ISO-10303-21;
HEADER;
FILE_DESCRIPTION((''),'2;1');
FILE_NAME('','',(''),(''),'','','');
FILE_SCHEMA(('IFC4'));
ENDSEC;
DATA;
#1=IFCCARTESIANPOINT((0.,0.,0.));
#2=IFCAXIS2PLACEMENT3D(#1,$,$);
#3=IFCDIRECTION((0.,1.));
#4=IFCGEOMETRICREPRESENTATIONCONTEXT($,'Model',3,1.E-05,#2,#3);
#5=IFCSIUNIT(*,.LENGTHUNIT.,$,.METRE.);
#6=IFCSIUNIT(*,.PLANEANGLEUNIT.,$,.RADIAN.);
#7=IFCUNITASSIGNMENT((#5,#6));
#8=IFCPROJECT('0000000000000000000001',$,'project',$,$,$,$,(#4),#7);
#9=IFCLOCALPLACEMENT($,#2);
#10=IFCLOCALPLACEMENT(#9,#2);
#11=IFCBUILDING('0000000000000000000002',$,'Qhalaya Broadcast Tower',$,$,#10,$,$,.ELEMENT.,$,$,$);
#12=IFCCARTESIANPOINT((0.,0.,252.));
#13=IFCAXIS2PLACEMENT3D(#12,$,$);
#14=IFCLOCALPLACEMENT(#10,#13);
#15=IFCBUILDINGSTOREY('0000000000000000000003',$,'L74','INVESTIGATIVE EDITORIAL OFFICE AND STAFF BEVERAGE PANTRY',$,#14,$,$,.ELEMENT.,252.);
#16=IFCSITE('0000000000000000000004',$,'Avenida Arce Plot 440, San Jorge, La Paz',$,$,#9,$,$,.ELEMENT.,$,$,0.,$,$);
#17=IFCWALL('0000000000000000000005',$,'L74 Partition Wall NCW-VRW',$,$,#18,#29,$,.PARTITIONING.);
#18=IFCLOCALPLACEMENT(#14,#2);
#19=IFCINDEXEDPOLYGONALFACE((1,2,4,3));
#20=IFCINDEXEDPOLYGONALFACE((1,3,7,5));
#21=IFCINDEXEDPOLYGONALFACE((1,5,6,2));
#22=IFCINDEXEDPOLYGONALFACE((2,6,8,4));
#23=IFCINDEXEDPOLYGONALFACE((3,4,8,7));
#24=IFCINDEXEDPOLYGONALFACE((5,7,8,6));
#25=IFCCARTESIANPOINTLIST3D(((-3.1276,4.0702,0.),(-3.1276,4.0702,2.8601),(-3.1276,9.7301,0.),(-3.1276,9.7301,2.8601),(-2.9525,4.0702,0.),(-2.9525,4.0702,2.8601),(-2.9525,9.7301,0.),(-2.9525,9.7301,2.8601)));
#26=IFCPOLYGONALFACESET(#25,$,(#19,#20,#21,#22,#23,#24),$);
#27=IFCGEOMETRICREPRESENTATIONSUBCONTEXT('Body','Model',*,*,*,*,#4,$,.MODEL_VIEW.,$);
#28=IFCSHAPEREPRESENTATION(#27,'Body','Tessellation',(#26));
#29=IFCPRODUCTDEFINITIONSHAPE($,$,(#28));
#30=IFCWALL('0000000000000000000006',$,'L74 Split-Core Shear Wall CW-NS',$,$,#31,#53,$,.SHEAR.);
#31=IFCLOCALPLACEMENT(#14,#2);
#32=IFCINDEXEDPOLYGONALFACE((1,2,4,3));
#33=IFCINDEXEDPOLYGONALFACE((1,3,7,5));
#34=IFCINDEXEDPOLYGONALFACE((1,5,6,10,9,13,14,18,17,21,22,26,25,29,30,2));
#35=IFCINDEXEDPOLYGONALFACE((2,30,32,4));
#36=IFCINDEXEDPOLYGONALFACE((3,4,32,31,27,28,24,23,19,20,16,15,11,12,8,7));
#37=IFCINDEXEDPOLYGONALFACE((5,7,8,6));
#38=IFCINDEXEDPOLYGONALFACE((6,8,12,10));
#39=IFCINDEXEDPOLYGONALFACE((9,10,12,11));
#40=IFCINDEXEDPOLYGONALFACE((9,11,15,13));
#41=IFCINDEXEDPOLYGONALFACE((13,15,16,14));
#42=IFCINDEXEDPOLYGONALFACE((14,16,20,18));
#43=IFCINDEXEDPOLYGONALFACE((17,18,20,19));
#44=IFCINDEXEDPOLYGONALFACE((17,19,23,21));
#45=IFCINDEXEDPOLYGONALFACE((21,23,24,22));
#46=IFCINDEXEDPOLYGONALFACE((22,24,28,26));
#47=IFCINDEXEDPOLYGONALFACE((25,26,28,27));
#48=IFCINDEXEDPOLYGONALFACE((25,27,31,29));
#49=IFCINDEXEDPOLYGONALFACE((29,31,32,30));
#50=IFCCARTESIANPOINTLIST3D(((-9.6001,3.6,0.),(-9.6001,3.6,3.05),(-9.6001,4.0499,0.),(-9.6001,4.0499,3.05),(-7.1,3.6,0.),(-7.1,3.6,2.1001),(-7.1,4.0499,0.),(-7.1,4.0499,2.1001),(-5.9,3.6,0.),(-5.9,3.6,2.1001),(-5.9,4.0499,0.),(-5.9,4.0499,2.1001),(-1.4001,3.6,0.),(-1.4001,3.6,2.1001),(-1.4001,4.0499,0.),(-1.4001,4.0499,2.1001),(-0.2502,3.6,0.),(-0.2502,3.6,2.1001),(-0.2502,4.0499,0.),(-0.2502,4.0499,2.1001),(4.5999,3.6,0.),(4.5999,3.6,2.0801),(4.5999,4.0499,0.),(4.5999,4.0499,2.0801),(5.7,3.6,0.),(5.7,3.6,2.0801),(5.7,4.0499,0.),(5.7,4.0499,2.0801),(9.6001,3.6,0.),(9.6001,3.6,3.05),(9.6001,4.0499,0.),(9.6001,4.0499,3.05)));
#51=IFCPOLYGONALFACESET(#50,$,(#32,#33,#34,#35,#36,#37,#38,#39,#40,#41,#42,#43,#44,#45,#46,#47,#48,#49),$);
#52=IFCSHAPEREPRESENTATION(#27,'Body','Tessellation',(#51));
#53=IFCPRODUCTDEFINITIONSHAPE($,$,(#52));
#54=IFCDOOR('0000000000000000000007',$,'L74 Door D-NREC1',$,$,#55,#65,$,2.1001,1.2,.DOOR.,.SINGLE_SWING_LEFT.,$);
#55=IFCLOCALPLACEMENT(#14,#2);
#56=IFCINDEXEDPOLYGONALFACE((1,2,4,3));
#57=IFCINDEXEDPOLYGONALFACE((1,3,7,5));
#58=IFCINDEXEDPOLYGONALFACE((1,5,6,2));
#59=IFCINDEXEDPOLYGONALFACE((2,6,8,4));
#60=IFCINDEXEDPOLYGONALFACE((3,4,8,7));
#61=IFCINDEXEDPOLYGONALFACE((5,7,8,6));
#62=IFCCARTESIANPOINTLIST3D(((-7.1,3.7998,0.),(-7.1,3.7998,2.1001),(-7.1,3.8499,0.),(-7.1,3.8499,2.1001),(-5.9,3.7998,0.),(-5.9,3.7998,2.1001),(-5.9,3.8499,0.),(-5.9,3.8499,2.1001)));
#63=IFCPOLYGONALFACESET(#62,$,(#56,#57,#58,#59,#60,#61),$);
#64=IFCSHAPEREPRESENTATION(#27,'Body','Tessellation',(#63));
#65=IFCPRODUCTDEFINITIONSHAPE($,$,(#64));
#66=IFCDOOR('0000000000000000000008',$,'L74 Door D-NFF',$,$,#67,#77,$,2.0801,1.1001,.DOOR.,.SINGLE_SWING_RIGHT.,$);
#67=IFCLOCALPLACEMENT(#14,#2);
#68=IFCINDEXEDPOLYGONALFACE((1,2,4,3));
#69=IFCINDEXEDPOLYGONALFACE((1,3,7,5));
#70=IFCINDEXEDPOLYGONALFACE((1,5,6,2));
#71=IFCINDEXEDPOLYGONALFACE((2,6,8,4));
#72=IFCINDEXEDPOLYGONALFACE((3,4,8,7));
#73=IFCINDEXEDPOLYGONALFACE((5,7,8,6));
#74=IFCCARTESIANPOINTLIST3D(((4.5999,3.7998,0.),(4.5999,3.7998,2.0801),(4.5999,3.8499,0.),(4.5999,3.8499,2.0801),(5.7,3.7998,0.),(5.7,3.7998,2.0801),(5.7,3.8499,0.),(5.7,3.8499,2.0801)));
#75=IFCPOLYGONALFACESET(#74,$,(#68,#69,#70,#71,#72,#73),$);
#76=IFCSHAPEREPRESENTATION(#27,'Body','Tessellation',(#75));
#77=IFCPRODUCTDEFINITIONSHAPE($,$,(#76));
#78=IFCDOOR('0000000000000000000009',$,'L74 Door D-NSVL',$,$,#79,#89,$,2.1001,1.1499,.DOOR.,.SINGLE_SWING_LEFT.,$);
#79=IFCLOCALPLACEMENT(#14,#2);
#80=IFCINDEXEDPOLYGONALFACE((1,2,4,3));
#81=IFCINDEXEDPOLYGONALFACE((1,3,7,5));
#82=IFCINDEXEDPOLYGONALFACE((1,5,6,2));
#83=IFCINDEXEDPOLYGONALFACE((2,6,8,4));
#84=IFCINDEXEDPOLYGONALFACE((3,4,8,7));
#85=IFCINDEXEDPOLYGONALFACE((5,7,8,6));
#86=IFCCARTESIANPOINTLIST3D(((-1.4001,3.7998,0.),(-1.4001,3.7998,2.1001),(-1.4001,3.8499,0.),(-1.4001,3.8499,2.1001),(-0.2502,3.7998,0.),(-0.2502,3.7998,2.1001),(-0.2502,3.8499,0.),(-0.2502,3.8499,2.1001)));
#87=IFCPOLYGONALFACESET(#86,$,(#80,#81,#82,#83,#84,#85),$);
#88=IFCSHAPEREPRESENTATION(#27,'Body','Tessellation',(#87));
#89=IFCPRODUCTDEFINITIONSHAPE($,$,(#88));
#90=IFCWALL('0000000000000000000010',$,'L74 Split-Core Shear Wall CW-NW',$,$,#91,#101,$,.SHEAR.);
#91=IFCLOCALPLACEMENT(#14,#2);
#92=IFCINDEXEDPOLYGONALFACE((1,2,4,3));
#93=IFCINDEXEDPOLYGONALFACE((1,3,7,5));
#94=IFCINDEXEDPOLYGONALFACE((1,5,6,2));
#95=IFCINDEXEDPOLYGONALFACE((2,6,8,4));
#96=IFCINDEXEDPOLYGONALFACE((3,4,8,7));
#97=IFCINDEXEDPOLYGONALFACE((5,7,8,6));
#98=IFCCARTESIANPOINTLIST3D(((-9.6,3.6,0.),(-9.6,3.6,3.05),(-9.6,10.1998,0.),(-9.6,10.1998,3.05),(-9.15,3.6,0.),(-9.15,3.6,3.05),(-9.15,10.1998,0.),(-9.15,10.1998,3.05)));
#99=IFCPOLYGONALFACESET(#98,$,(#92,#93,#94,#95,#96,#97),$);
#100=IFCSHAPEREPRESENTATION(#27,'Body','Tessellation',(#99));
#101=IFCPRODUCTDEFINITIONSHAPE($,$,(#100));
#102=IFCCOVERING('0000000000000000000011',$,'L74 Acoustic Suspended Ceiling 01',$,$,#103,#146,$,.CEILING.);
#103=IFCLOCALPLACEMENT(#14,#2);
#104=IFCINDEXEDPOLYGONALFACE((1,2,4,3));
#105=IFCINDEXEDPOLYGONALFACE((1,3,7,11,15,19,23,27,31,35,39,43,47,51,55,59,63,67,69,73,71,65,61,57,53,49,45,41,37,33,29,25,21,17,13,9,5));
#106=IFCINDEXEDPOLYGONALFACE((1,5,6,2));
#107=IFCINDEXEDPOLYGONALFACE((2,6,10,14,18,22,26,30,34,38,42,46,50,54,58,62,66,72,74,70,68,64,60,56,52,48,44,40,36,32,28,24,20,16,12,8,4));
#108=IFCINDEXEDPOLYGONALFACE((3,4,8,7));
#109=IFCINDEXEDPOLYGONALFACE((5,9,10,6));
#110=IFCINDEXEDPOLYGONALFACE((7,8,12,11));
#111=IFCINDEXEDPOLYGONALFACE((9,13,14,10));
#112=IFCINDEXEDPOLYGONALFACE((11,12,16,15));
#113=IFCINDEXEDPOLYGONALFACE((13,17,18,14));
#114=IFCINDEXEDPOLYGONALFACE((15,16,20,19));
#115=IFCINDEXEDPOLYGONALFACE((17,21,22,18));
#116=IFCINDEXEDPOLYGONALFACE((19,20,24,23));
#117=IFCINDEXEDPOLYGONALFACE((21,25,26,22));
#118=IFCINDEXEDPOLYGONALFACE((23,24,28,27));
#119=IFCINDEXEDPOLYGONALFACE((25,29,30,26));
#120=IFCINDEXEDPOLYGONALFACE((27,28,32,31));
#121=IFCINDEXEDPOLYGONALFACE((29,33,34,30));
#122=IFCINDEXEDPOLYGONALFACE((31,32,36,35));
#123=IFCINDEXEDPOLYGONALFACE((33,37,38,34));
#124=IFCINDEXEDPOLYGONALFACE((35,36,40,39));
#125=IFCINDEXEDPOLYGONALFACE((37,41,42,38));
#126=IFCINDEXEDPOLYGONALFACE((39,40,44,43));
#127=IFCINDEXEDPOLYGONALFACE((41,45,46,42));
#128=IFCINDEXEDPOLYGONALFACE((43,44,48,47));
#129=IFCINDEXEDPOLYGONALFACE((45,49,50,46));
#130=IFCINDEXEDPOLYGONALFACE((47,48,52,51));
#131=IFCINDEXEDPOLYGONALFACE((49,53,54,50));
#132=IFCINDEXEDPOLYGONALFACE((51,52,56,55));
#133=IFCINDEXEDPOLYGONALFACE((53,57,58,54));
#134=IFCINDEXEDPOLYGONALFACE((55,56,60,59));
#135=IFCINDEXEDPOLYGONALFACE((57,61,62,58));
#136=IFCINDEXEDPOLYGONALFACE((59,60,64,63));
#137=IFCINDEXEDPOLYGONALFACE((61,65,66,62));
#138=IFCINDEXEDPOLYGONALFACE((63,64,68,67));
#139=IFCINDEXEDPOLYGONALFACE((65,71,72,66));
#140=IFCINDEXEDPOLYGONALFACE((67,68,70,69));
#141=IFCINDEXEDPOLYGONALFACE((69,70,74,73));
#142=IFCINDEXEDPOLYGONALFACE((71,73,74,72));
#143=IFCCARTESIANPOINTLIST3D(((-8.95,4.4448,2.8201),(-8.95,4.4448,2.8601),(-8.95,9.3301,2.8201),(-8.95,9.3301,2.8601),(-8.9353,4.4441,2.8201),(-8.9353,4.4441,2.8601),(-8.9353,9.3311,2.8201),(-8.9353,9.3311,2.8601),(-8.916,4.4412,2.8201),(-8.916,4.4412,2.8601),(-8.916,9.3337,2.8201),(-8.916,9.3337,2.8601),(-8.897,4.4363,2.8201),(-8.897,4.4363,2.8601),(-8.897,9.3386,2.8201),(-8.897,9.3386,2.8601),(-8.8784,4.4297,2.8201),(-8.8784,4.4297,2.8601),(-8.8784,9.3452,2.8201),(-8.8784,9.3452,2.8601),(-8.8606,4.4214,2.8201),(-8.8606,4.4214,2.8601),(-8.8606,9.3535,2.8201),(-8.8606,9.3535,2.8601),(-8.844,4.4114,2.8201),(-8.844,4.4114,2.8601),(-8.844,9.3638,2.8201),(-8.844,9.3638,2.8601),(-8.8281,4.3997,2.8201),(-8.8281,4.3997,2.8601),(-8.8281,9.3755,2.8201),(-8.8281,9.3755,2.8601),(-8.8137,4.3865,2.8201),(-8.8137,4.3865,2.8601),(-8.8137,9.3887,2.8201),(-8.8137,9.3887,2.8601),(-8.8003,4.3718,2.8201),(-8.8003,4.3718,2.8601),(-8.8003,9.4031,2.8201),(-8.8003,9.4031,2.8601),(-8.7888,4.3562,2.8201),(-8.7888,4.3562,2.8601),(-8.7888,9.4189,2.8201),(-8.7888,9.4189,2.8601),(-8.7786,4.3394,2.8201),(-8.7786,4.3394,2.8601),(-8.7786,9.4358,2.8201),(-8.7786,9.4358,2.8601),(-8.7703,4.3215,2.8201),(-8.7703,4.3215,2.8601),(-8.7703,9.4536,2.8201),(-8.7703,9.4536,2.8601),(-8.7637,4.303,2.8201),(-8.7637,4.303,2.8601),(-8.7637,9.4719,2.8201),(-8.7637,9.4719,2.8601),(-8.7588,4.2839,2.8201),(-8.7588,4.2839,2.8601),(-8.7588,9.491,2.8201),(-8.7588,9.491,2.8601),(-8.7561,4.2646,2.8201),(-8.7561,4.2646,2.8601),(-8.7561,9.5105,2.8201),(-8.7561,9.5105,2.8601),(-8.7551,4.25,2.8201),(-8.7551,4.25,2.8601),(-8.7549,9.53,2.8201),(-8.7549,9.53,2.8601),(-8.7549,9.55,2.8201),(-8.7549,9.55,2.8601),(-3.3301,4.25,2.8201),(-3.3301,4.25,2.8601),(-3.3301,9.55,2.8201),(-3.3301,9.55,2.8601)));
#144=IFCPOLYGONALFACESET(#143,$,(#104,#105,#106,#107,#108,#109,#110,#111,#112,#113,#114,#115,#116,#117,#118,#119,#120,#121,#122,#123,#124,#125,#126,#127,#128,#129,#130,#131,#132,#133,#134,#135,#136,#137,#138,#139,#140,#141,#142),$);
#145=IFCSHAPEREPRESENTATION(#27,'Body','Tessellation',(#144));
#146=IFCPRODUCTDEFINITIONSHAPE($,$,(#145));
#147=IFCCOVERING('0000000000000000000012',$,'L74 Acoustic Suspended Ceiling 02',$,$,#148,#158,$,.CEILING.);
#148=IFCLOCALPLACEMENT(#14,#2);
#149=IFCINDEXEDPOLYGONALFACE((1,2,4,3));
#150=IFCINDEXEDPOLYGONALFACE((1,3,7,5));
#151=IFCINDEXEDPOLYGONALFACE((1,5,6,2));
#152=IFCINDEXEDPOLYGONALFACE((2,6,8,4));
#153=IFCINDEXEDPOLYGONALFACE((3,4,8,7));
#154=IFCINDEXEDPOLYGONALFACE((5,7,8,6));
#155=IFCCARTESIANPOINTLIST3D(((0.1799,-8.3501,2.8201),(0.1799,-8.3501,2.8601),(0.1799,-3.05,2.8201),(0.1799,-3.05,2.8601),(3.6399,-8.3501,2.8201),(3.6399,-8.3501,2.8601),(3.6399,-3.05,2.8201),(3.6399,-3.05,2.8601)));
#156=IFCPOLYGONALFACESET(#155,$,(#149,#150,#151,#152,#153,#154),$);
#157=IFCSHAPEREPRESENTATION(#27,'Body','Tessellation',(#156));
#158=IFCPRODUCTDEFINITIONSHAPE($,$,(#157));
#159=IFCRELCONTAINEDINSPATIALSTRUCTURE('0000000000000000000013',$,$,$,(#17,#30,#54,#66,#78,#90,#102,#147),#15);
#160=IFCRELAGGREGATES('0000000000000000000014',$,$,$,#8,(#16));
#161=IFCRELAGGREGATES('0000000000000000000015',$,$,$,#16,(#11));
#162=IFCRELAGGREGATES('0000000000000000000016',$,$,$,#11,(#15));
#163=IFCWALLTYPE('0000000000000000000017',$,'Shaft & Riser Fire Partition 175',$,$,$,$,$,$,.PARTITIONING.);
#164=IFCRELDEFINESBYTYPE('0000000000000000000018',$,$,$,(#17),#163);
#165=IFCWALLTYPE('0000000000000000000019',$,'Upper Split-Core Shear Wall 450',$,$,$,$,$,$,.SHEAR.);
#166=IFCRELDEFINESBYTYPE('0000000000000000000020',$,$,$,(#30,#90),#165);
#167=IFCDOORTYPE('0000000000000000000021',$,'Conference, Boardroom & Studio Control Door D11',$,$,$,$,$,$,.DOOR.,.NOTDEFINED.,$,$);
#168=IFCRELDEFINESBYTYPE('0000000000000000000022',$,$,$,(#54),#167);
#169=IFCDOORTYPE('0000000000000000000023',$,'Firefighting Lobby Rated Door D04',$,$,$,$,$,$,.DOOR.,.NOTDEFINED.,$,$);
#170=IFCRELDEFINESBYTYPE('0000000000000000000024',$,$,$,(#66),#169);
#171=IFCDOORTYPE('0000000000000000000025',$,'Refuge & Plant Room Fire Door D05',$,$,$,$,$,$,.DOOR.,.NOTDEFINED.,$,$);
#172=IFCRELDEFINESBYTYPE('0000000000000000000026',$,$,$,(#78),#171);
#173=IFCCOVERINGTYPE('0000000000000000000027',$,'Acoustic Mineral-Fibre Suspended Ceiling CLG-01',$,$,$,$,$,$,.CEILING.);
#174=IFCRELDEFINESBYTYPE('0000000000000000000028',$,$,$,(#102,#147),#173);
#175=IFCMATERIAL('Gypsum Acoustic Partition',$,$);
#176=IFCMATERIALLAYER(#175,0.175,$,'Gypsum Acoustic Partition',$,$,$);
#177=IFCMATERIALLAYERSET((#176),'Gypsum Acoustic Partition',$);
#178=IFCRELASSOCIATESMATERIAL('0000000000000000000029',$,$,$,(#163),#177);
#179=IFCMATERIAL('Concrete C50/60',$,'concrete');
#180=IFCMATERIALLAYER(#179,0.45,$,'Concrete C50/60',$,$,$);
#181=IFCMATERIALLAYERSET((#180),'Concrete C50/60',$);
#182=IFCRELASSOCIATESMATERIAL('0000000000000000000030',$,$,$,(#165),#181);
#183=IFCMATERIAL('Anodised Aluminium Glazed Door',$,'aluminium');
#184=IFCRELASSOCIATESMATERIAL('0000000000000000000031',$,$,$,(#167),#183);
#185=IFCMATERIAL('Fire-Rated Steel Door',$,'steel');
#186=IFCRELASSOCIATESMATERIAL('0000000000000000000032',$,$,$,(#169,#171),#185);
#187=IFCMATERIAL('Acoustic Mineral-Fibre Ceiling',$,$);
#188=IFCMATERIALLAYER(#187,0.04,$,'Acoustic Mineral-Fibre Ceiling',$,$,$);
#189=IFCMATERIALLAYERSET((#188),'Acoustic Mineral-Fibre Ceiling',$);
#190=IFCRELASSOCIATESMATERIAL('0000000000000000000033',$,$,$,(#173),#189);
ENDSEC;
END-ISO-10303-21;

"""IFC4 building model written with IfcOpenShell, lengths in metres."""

from ifc_helpers import new_model, si_unit, direction, frame, frame_2d, origin, place, context, subcontext, project, spatial, polyline, rectangle, outline, extrude, material, layer, layer_set, type_object, element, fill, save


model = new_model("IFC4")

# Units and contexts
model_context = context("Model", 3, precision=1e-05, world=origin(), true_north=direction((0.0, 1.0)))
body_context = subcontext(model_context, "Body", "Model", "MODEL_VIEW")
ifc_project = project(units=[si_unit("LENGTHUNIT", "METRE"), si_unit("PLANEANGLEUNIT", "RADIAN")], contexts=[model_context])

# Site, building, storey
site_placement = place(None, origin())
site = spatial("IfcSite", under=ifc_project, at=site_placement, Name="Avenida Arce Plot 440, San Jorge, La Paz", CompositionType="ELEMENT", RefElevation=0.0)
building_placement = place(site_placement, origin())
building = spatial("IfcBuilding", under=site, at=building_placement, Name="Qhalaya Broadcast Tower", CompositionType="ELEMENT")
storey_placement = place(building_placement, frame((0.0, 0.0, 252.0)))
storey = spatial("IfcBuildingStorey", under=building, at=storey_placement, Name="L74", Description="INVESTIGATIVE EDITORIAL OFFICE AND STAFF BEVERAGE PANTRY", CompositionType="ELEMENT", Elevation=252.0)

# Shared definitions
ifc_material_1 = material(Name="Concrete C50/60", Category="concrete")

# Shared definitions
ifc_material_2 = material(Name="Gypsum Acoustic Partition")
ifc_material_3 = material(Name="Fire-Rated Steel Door", Category="steel")

# Shared definitions
ifc_layer_1 = layer(ifc_material_2, 0.175, Name="Gypsum Acoustic Partition")
ifc_layer_set_1 = layer_set([ifc_layer_1], Name="Gypsum Acoustic Partition")
wall_type_1 = type_object("IfcWallType", Name="Shaft & Riser Fire Partition 175", PredefinedType="PARTITIONING", material=ifc_layer_set_1)

# Wall
wall_1_placement = place(storey_placement, frame((-3.04, 4.0701, 0.0), z_axis=(0.0, 0.0, 1.0), x_axis=(0.0, 1.0, 0.0)))
element("IfcWall", 1, at=wall_1_placement, inside=storey, type_object=wall_type_1, Name="L74 Partition Wall NCW-VRW", PredefinedType="PARTITIONING", context=body_context, shape_type="SweptSolid", body=[
    extrude(rectangle(XDim=5.6599, YDim=0.175, at=frame_2d((2.8301, 0.0))), origin(), (0.0, 0.0, 1.0), 2.8601),
])

# Wall, openings, doors
ifc_layer_2 = layer(ifc_material_1, 0.45, Name="Concrete C50/60")
ifc_layer_set_2 = layer_set([ifc_layer_2], Name="Concrete C50/60")
wall_type_2 = type_object("IfcWallType", Name="Upper Split-Core Shear Wall 450", PredefinedType="SHEAR", material=ifc_layer_set_2)
wall_2_placement = place(storey_placement, frame((-9.6001, 3.825, 0.0), z_axis=(0.0, 0.0, 1.0), x_axis=(1.0, 0.0, 0.0)))
wall_2 = element("IfcWall", 2, at=wall_2_placement, inside=storey, type_object=wall_type_2, Name="L74 Split-Core Shear Wall CW-NS", PredefinedType="SHEAR", context=body_context, shape_type="SweptSolid", body=[
    extrude(rectangle(XDim=19.2002, YDim=0.45, at=frame_2d((9.6001, 0.0))), origin(), (0.0, 0.0, 1.0), 3.05),
])
opening_1_placement = place(wall_2_placement, frame((14.2, 0.0, 0.0)))
opening_1 = element("IfcOpeningElement", 3, at=opening_1_placement, cuts=wall_2, PredefinedType="OPENING", context=body_context, shape_type="SweptSolid", body=[
    extrude(rectangle(XDim=1.1001, YDim=2.0801, at=frame_2d((0.55, 1.04))), frame((0.0, 0.2371, 0.0), z_axis=(0.0, -1.0, 0.0), x_axis=(1.0, 0.0, 0.0)), (0.0, 0.0, 1.0), 0.4739),
])
opening_2_placement = place(wall_2_placement, frame((8.2, 0.0, 0.0)))
opening_2 = element("IfcOpeningElement", 4, at=opening_2_placement, cuts=wall_2, PredefinedType="OPENING", context=body_context, shape_type="SweptSolid", body=[
    extrude(rectangle(XDim=1.1499, YDim=2.1001, at=frame_2d((0.575, 1.05))), frame((0.0, 0.2371, 0.0), z_axis=(0.0, -1.0, 0.0), x_axis=(1.0, 0.0, 0.0)), (0.0, 0.0, 1.0), 0.4739),
])
opening_3_placement = place(wall_2_placement, frame((2.5, 0.0, 0.0)))
opening_3 = element("IfcOpeningElement", 5, at=opening_3_placement, cuts=wall_2, PredefinedType="OPENING", context=body_context, shape_type="SweptSolid", body=[
    extrude(rectangle(XDim=1.2, YDim=2.1001, at=frame_2d((0.6001, 1.05))), frame((0.0, 0.2371, 0.0), z_axis=(0.0, -1.0, 0.0), x_axis=(1.0, 0.0, 0.0)), (0.0, 0.0, 1.0), 0.4739),
])
ifc_material_4 = material(Name="Anodised Aluminium Glazed Door", Category="aluminium")
door_type_1 = type_object("IfcDoorType", Name="Conference, Boardroom & Studio Control Door D11", OperationType="NOTDEFINED", PredefinedType="DOOR", material=ifc_material_4)
door_1_placement = place(opening_3_placement, origin())
door_1 = element("IfcDoor", 6, at=door_1_placement, inside=storey, type_object=door_type_1, Name="L74 Door D-NREC1", OperationType="SINGLE_SWING_LEFT", OverallHeight=2.1001, OverallWidth=1.2, PredefinedType="DOOR", context=body_context, shape_type="SweptSolid", body=[
    extrude(rectangle(XDim=1.2, YDim=2.1001, at=frame_2d((0.6001, 1.05))), frame((0.0, 0.0249, 0.0), z_axis=(0.0, -1.0, 0.0), x_axis=(1.0, 0.0, 0.0)), (0.0, 0.0, 1.0), 0.05),
])
fill(opening_3, door_1)
door_type_2 = type_object("IfcDoorType", Name="Firefighting Lobby Rated Door D04", OperationType="NOTDEFINED", PredefinedType="DOOR", material=ifc_material_3)
door_2_placement = place(opening_1_placement, origin())
door_2 = element("IfcDoor", 7, at=door_2_placement, inside=storey, type_object=door_type_2, Name="L74 Door D-NFF", OperationType="SINGLE_SWING_RIGHT", OverallHeight=2.0801, OverallWidth=1.1001, PredefinedType="DOOR", context=body_context, shape_type="SweptSolid", body=[
    extrude(rectangle(XDim=1.1001, YDim=2.0801, at=frame_2d((0.55, 1.04))), frame((0.0, 0.0249, 0.0), z_axis=(0.0, -1.0, 0.0), x_axis=(1.0, 0.0, 0.0)), (0.0, 0.0, 1.0), 0.05),
])
fill(opening_1, door_2)
door_type_3 = type_object("IfcDoorType", Name="Refuge & Plant Room Fire Door D05", OperationType="NOTDEFINED", PredefinedType="DOOR", material=ifc_material_3)
door_3_placement = place(opening_2_placement, origin())
door_3 = element("IfcDoor", 8, at=door_3_placement, inside=storey, type_object=door_type_3, Name="L74 Door D-NSVL", OperationType="SINGLE_SWING_LEFT", OverallHeight=2.1001, OverallWidth=1.1499, PredefinedType="DOOR", context=body_context, shape_type="SweptSolid", body=[
    extrude(rectangle(XDim=1.1499, YDim=2.1001, at=frame_2d((0.575, 1.05))), frame((0.0, 0.0249, 0.0), z_axis=(0.0, -1.0, 0.0), x_axis=(1.0, 0.0, 0.0)), (0.0, 0.0, 1.0), 0.05),
])
fill(opening_2, door_3)

# Wall
wall_3_placement = place(storey_placement, frame((-9.375, 3.6001, 0.0), z_axis=(0.0, 0.0, 1.0), x_axis=(0.0, 1.0, 0.0)))
element("IfcWall", 9, at=wall_3_placement, inside=storey, type_object=wall_type_2, Name="L74 Split-Core Shear Wall CW-NW", PredefinedType="SHEAR", context=body_context, shape_type="SweptSolid", body=[
    extrude(rectangle(XDim=6.5999, YDim=0.45, at=frame_2d((3.2998, 0.0))), origin(), (0.0, 0.0, 1.0), 3.05),
])

# Coverings
ifc_material_5 = material(Name="Acoustic Mineral-Fibre Ceiling")
ifc_layer_3 = layer(ifc_material_5, 0.04, Name="Acoustic Mineral-Fibre Ceiling")
ifc_layer_set_3 = layer_set([ifc_layer_3], Name="Acoustic Mineral-Fibre Ceiling")
covering_type = type_object("IfcCoveringType", Name="Acoustic Mineral-Fibre Suspended Ceiling CLG-01", PredefinedType="CEILING", material=ifc_layer_set_3)
covering_1_placement = place(storey_placement, frame((0.0, 0.0, 2.8201)))
element("IfcCovering", 10, at=covering_1_placement, inside=storey, type_object=covering_type, Name="L74 Acoustic Suspended Ceiling 01", PredefinedType="CEILING", context=body_context, shape_type="SweptSolid", body=[
    extrude(outline(polyline([(-8.7561, 4.2646), (-8.7551, 4.25), (-3.3301, 4.25), (-3.3301, 9.55), (-8.7549, 9.55), (-8.7549, 9.53), (-8.7561, 9.5105), (-8.7588, 9.491), (-8.7637, 9.4719), (-8.7703, 9.4536), (-8.7786, 9.4358), (-8.7888, 9.4189), (-8.8003, 9.4031), (-8.8137, 9.3887), (-8.8281, 9.3755), (-8.844, 9.3638), (-8.8606, 9.3535), (-8.8784, 9.3452), (-8.897, 9.3386), (-8.916, 9.3337), (-8.9353, 9.3311), (-8.95, 9.3301), (-8.95, 4.4448), (-8.9353, 4.4441), (-8.916, 4.4412), (-8.897, 4.4363), (-8.8784, 4.4297), (-8.8606, 4.4214), (-8.844, 4.4114), (-8.8281, 4.3997), (-8.8137, 4.3865), (-8.8003, 4.3718), (-8.7888, 4.3562), (-8.7786, 4.3394), (-8.7703, 4.3215), (-8.7637, 4.303), (-8.7588, 4.2839), (-8.7561, 4.2646)])), origin(), (0.0, 0.0, 1.0), 0.04),
])
covering_2_placement = place(storey_placement, frame((0.0, 0.0, 2.8201)))
element("IfcCovering", 11, at=covering_2_placement, inside=storey, type_object=covering_type, Name="L74 Acoustic Suspended Ceiling 02", PredefinedType="CEILING", context=body_context, shape_type="SweptSolid", body=[
    extrude(outline(polyline([(0.1799, -3.05), (0.1799, -8.3501), (3.6399, -8.3501), (3.6399, -3.05), (0.1799, -3.05)])), origin(), (0.0, 0.0, 1.0), 0.04),
])

save(model, "model.ifc")
